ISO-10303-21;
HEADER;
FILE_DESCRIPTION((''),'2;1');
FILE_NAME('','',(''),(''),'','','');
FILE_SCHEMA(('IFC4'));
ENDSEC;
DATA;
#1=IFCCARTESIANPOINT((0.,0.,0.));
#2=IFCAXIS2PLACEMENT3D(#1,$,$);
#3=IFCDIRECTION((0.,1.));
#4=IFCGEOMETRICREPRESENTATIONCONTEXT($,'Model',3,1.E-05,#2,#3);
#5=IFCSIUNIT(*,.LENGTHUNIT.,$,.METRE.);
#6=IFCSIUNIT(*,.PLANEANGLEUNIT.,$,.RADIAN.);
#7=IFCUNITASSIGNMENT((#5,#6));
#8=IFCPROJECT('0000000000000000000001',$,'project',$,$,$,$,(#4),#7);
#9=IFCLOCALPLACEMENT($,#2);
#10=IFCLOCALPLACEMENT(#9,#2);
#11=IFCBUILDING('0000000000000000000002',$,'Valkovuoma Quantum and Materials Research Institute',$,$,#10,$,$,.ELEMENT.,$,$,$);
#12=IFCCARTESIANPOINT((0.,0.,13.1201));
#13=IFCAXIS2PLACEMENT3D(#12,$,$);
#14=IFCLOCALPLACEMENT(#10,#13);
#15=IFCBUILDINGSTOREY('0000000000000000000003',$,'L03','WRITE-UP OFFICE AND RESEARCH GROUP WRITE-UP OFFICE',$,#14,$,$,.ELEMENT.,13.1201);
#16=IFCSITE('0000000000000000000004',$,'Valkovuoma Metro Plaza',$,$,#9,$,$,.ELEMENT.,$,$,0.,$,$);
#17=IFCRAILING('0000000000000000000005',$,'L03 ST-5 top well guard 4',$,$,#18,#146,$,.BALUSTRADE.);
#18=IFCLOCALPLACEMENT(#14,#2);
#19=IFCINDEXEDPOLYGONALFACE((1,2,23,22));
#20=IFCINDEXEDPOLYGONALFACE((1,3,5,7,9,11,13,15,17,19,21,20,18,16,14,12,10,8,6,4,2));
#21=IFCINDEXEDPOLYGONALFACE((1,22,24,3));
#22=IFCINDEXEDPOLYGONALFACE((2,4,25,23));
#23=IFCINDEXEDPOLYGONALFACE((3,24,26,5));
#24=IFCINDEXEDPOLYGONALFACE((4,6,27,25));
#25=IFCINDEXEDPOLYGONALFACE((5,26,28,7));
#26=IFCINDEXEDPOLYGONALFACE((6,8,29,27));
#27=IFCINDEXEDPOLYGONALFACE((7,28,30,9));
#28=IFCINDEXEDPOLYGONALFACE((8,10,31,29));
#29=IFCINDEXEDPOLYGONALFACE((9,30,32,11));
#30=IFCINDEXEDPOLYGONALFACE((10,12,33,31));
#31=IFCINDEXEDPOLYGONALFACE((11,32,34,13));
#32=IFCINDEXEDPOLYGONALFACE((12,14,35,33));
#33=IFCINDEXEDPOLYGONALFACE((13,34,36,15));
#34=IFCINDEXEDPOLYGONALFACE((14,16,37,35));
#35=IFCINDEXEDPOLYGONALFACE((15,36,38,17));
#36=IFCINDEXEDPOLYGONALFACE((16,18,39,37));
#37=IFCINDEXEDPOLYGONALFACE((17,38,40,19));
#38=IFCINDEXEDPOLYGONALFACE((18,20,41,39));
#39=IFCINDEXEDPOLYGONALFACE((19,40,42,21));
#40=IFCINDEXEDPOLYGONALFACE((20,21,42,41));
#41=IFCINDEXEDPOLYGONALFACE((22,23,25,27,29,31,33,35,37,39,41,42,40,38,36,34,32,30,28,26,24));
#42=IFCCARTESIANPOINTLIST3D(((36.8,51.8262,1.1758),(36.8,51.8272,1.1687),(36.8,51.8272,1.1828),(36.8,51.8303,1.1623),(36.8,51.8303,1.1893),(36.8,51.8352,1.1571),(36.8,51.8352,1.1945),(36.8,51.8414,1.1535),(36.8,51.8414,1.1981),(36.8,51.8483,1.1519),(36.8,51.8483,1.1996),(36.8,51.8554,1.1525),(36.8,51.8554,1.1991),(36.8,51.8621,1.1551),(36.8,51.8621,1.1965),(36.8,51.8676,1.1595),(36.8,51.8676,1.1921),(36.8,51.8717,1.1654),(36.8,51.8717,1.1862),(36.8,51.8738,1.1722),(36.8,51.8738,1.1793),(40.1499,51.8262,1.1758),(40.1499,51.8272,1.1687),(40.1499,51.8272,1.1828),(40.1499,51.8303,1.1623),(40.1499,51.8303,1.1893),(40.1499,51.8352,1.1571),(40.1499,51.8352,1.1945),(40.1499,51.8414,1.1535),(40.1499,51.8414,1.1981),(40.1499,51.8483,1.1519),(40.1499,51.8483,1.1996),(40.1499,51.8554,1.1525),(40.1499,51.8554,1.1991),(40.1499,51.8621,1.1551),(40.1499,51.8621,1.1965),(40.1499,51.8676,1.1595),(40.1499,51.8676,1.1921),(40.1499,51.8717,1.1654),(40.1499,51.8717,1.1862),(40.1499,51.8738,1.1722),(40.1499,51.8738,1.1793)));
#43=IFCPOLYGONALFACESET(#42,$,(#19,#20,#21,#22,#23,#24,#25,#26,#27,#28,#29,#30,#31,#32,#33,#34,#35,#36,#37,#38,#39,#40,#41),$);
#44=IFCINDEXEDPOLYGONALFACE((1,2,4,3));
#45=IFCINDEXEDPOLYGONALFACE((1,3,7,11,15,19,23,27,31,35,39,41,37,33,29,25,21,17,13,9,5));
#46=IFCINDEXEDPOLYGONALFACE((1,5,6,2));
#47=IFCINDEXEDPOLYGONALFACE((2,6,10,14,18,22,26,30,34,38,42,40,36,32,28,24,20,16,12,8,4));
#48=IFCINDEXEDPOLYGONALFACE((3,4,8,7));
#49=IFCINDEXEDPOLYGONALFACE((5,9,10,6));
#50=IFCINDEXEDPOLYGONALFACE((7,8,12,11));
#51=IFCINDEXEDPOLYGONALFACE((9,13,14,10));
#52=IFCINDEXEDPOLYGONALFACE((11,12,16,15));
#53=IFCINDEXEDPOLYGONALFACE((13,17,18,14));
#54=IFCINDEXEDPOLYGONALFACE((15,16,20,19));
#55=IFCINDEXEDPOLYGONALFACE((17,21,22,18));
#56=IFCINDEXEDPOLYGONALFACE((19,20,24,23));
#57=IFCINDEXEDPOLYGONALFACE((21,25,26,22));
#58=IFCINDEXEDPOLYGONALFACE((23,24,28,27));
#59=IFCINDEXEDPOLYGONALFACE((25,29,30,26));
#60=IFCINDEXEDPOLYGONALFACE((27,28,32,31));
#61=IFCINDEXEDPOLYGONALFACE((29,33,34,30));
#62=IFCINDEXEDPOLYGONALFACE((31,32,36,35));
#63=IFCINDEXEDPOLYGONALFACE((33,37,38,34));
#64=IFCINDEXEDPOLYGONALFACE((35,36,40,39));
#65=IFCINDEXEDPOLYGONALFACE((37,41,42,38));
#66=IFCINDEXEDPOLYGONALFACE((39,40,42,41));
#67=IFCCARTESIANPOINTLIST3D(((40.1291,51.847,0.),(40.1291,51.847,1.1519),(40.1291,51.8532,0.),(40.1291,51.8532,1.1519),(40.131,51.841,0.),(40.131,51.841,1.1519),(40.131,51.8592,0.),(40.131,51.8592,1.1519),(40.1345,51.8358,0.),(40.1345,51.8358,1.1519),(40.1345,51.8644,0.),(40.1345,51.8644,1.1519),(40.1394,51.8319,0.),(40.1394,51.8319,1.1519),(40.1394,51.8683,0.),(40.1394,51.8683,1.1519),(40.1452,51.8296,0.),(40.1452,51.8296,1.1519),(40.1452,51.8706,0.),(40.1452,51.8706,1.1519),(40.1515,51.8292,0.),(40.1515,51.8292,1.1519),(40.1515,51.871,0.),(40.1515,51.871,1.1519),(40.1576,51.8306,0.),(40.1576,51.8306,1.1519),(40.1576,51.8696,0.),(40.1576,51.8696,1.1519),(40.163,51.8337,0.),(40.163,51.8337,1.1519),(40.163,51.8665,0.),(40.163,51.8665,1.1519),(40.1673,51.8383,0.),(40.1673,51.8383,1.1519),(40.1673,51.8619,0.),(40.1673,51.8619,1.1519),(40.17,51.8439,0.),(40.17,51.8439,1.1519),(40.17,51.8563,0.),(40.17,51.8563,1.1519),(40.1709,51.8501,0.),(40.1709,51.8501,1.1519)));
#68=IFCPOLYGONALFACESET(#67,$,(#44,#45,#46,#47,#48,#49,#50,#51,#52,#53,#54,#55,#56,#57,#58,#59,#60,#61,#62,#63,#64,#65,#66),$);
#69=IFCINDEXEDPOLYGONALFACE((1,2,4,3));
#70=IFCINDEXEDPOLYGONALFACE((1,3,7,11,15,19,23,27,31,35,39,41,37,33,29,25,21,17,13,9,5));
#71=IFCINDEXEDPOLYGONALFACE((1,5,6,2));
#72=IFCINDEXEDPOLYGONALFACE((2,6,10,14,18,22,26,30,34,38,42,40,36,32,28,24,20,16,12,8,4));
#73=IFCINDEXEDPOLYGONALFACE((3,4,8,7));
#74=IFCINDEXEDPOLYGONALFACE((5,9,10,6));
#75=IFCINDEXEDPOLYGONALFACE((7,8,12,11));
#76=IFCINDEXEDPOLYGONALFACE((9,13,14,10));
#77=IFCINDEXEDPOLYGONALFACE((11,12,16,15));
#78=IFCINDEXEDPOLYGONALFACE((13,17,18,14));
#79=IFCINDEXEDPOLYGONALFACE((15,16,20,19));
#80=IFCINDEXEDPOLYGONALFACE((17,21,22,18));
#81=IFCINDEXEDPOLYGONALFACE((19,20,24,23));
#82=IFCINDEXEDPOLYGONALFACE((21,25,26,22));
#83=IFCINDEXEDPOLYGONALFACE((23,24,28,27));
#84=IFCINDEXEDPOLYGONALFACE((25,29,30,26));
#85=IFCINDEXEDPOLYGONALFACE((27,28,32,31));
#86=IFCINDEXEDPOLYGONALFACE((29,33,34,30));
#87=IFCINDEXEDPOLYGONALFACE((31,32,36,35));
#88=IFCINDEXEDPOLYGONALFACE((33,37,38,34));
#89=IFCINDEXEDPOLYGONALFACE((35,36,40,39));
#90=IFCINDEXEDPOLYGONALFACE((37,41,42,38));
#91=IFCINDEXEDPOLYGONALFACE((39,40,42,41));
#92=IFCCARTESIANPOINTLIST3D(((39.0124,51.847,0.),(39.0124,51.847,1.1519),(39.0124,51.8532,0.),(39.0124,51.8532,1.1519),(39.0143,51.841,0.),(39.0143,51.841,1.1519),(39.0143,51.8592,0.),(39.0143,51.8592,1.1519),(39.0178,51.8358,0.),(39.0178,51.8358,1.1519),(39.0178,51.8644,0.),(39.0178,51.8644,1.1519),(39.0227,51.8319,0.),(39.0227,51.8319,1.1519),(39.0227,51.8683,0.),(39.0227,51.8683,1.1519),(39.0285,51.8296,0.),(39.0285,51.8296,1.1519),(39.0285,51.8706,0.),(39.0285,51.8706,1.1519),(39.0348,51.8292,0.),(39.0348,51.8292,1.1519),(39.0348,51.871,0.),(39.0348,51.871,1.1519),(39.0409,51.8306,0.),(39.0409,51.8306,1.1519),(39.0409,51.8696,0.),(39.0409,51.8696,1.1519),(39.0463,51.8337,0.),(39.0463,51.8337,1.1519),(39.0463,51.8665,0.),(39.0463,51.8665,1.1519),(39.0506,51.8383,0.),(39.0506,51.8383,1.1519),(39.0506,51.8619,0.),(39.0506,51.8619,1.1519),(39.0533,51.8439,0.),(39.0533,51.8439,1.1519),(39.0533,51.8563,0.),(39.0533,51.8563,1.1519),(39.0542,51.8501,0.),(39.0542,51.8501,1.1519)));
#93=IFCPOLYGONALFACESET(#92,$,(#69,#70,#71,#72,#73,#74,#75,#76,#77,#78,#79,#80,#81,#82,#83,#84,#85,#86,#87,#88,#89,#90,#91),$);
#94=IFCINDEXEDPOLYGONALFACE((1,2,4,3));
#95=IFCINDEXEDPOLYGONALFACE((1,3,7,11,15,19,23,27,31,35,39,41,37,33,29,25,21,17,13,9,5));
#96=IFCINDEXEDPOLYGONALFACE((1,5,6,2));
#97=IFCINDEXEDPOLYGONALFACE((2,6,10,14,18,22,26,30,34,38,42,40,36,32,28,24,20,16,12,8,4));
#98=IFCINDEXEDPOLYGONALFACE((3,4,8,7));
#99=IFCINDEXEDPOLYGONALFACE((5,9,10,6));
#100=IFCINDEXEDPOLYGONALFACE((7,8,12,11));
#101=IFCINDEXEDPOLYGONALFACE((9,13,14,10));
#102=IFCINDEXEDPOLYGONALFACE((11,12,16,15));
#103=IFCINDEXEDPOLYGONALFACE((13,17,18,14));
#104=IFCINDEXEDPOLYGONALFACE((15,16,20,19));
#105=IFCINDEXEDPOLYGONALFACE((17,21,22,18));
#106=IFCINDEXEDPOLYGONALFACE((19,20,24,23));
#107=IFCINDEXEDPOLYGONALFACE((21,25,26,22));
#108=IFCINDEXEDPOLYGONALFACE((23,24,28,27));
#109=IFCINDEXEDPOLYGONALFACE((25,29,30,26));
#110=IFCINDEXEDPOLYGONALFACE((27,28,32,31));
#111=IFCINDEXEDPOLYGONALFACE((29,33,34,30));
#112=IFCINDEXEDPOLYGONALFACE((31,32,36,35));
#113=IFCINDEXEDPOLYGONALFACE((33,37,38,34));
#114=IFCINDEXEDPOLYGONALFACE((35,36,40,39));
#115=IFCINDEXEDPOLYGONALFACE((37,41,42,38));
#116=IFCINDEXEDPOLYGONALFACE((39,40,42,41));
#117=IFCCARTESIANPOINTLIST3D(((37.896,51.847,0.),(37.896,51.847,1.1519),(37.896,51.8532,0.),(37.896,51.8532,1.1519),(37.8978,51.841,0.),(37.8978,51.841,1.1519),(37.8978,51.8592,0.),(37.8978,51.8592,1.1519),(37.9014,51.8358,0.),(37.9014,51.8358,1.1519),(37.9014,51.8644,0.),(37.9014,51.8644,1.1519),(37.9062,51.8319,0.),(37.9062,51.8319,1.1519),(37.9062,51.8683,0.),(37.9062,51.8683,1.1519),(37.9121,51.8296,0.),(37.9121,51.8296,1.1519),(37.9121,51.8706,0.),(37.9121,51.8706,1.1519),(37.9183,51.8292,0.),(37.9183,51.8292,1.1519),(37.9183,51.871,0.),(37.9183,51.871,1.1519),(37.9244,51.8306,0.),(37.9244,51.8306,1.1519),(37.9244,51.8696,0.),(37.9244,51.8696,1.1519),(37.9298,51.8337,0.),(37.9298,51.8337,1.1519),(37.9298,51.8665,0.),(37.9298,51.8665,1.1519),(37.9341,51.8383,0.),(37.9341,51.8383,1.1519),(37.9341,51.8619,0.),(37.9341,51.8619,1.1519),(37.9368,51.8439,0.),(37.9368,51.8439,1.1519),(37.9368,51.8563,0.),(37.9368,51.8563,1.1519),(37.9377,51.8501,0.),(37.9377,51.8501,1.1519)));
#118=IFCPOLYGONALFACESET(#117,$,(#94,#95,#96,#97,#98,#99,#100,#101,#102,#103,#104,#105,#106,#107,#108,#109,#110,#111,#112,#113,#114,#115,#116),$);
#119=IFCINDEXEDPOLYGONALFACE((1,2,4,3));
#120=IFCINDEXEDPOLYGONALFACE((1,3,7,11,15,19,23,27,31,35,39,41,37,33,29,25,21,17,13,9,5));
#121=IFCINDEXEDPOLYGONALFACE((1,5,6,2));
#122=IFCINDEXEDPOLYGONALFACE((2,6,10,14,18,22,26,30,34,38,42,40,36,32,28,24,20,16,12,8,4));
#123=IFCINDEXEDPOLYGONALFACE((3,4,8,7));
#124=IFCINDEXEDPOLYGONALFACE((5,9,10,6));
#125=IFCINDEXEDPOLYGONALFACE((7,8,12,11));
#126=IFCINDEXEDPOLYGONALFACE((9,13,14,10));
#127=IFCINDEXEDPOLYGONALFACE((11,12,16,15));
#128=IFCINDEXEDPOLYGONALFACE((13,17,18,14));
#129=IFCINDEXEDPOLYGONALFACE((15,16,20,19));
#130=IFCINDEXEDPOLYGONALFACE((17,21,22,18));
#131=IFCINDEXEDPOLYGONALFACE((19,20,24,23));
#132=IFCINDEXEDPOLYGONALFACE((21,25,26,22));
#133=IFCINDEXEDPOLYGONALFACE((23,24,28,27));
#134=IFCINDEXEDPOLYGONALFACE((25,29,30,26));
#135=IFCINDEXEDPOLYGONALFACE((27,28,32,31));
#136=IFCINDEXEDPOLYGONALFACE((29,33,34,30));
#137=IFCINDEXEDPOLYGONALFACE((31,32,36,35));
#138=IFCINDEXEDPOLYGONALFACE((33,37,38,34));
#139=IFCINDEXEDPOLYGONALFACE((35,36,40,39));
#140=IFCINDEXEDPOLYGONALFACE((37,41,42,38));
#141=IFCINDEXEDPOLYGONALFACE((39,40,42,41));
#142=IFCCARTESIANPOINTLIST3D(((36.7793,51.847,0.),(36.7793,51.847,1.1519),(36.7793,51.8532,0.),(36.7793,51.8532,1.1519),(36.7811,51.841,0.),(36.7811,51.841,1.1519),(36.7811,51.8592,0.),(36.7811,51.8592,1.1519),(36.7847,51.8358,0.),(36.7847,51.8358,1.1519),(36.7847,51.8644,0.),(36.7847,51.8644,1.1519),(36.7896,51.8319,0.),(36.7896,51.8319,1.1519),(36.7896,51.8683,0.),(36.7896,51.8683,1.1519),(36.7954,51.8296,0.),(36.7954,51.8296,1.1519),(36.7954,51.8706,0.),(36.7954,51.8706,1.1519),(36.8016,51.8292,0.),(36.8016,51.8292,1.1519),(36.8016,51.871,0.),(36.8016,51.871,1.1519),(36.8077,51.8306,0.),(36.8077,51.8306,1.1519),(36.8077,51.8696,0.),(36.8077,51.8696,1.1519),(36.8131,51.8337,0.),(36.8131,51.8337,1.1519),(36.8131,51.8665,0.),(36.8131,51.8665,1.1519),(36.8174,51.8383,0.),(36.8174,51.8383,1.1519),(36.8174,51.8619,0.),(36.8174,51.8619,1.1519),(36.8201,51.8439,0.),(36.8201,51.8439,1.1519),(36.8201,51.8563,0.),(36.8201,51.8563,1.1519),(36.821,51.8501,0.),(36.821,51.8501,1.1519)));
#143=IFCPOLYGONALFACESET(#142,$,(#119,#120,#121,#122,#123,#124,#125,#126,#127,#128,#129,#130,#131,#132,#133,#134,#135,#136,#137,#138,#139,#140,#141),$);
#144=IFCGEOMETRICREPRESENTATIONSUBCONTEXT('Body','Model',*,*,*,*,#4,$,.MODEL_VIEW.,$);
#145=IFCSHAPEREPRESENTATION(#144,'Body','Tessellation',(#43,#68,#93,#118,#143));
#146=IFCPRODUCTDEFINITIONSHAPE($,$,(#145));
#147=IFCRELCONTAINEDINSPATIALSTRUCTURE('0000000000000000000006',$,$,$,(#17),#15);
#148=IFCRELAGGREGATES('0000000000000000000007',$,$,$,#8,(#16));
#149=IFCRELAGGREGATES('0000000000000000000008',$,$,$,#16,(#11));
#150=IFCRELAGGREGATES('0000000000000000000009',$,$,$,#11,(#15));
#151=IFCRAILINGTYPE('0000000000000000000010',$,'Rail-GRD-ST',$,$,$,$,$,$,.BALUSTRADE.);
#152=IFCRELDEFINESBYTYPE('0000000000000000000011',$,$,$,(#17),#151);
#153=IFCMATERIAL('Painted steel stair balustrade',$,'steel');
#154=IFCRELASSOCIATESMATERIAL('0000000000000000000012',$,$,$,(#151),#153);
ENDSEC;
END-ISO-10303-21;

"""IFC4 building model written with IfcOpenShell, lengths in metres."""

from ifc_helpers import new_model, si_unit, direction, frame, origin, origin_2d, place, context, subcontext, project, spatial, circle, extrude, material, type_object, element, save


model = new_model("IFC4")

# Units and contexts
model_context = context("Model", 3, precision=1e-05, world=origin(), true_north=direction((0.0, 1.0)))
body_context = subcontext(model_context, "Body", "Model", "MODEL_VIEW")
ifc_project = project(units=[si_unit("LENGTHUNIT", "METRE"), si_unit("PLANEANGLEUNIT", "RADIAN")], contexts=[model_context])

# Site, building, storey
site_placement = place(None, origin())
site = spatial("IfcSite", under=ifc_project, at=site_placement, Name="Valkovuoma Metro Plaza", CompositionType="ELEMENT", RefElevation=0.0)
building_placement = place(site_placement, origin())
building = spatial("IfcBuilding", under=site, at=building_placement, Name="Valkovuoma Quantum and Materials Research Institute", CompositionType="ELEMENT")
storey_placement = place(building_placement, frame((0.0, 0.0, 13.1201)))
storey = spatial("IfcBuildingStorey", under=building, at=storey_placement, Name="L03", Description="WRITE-UP OFFICE AND RESEARCH GROUP WRITE-UP OFFICE", CompositionType="ELEMENT", Elevation=13.1201)

# Railing
ifc_material_1 = material(Name="Painted steel stair balustrade", Category="steel")
railing_type_1 = type_object("IfcRailingType", Name="Rail-GRD-ST", PredefinedType="BALUSTRADE", material=ifc_material_1)
railing_1_placement = place(storey_placement, frame((40.1499, 51.8501, 0.0)))
element("IfcRailing", 1, at=railing_1_placement, inside=storey, type_object=railing_type_1, Name="L03 ST-5 top well guard 4", PredefinedType="BALUSTRADE", context=body_context, shape_type="SweptSolid", body=[
    extrude(circle(Radius=0.0239, at=origin_2d()), frame((0.0, 0.0, 1.1758), z_axis=(-1.0, 0.0, 0.0), x_axis=(0.0, -1.0, 0.0)), (0.0, 0.0, 1.0), 3.3499),
    extrude(circle(Radius=0.021, at=origin_2d()), origin(), (0.0, 0.0, 1.0), 1.1519),
    extrude(circle(Radius=0.021, at=origin_2d()), frame((-1.1167, 0.0, 0.0)), (0.0, 0.0, 1.0), 1.1519),
    extrude(circle(Radius=0.021, at=origin_2d()), frame((-2.2332, 0.0, 0.0)), (0.0, 0.0, 1.0), 1.1519),
    extrude(circle(Radius=0.021, at=origin_2d()), frame((-3.3499, 0.0, 0.0)), (0.0, 0.0, 1.0), 1.1519),
])

save(model, "model.ifc")
